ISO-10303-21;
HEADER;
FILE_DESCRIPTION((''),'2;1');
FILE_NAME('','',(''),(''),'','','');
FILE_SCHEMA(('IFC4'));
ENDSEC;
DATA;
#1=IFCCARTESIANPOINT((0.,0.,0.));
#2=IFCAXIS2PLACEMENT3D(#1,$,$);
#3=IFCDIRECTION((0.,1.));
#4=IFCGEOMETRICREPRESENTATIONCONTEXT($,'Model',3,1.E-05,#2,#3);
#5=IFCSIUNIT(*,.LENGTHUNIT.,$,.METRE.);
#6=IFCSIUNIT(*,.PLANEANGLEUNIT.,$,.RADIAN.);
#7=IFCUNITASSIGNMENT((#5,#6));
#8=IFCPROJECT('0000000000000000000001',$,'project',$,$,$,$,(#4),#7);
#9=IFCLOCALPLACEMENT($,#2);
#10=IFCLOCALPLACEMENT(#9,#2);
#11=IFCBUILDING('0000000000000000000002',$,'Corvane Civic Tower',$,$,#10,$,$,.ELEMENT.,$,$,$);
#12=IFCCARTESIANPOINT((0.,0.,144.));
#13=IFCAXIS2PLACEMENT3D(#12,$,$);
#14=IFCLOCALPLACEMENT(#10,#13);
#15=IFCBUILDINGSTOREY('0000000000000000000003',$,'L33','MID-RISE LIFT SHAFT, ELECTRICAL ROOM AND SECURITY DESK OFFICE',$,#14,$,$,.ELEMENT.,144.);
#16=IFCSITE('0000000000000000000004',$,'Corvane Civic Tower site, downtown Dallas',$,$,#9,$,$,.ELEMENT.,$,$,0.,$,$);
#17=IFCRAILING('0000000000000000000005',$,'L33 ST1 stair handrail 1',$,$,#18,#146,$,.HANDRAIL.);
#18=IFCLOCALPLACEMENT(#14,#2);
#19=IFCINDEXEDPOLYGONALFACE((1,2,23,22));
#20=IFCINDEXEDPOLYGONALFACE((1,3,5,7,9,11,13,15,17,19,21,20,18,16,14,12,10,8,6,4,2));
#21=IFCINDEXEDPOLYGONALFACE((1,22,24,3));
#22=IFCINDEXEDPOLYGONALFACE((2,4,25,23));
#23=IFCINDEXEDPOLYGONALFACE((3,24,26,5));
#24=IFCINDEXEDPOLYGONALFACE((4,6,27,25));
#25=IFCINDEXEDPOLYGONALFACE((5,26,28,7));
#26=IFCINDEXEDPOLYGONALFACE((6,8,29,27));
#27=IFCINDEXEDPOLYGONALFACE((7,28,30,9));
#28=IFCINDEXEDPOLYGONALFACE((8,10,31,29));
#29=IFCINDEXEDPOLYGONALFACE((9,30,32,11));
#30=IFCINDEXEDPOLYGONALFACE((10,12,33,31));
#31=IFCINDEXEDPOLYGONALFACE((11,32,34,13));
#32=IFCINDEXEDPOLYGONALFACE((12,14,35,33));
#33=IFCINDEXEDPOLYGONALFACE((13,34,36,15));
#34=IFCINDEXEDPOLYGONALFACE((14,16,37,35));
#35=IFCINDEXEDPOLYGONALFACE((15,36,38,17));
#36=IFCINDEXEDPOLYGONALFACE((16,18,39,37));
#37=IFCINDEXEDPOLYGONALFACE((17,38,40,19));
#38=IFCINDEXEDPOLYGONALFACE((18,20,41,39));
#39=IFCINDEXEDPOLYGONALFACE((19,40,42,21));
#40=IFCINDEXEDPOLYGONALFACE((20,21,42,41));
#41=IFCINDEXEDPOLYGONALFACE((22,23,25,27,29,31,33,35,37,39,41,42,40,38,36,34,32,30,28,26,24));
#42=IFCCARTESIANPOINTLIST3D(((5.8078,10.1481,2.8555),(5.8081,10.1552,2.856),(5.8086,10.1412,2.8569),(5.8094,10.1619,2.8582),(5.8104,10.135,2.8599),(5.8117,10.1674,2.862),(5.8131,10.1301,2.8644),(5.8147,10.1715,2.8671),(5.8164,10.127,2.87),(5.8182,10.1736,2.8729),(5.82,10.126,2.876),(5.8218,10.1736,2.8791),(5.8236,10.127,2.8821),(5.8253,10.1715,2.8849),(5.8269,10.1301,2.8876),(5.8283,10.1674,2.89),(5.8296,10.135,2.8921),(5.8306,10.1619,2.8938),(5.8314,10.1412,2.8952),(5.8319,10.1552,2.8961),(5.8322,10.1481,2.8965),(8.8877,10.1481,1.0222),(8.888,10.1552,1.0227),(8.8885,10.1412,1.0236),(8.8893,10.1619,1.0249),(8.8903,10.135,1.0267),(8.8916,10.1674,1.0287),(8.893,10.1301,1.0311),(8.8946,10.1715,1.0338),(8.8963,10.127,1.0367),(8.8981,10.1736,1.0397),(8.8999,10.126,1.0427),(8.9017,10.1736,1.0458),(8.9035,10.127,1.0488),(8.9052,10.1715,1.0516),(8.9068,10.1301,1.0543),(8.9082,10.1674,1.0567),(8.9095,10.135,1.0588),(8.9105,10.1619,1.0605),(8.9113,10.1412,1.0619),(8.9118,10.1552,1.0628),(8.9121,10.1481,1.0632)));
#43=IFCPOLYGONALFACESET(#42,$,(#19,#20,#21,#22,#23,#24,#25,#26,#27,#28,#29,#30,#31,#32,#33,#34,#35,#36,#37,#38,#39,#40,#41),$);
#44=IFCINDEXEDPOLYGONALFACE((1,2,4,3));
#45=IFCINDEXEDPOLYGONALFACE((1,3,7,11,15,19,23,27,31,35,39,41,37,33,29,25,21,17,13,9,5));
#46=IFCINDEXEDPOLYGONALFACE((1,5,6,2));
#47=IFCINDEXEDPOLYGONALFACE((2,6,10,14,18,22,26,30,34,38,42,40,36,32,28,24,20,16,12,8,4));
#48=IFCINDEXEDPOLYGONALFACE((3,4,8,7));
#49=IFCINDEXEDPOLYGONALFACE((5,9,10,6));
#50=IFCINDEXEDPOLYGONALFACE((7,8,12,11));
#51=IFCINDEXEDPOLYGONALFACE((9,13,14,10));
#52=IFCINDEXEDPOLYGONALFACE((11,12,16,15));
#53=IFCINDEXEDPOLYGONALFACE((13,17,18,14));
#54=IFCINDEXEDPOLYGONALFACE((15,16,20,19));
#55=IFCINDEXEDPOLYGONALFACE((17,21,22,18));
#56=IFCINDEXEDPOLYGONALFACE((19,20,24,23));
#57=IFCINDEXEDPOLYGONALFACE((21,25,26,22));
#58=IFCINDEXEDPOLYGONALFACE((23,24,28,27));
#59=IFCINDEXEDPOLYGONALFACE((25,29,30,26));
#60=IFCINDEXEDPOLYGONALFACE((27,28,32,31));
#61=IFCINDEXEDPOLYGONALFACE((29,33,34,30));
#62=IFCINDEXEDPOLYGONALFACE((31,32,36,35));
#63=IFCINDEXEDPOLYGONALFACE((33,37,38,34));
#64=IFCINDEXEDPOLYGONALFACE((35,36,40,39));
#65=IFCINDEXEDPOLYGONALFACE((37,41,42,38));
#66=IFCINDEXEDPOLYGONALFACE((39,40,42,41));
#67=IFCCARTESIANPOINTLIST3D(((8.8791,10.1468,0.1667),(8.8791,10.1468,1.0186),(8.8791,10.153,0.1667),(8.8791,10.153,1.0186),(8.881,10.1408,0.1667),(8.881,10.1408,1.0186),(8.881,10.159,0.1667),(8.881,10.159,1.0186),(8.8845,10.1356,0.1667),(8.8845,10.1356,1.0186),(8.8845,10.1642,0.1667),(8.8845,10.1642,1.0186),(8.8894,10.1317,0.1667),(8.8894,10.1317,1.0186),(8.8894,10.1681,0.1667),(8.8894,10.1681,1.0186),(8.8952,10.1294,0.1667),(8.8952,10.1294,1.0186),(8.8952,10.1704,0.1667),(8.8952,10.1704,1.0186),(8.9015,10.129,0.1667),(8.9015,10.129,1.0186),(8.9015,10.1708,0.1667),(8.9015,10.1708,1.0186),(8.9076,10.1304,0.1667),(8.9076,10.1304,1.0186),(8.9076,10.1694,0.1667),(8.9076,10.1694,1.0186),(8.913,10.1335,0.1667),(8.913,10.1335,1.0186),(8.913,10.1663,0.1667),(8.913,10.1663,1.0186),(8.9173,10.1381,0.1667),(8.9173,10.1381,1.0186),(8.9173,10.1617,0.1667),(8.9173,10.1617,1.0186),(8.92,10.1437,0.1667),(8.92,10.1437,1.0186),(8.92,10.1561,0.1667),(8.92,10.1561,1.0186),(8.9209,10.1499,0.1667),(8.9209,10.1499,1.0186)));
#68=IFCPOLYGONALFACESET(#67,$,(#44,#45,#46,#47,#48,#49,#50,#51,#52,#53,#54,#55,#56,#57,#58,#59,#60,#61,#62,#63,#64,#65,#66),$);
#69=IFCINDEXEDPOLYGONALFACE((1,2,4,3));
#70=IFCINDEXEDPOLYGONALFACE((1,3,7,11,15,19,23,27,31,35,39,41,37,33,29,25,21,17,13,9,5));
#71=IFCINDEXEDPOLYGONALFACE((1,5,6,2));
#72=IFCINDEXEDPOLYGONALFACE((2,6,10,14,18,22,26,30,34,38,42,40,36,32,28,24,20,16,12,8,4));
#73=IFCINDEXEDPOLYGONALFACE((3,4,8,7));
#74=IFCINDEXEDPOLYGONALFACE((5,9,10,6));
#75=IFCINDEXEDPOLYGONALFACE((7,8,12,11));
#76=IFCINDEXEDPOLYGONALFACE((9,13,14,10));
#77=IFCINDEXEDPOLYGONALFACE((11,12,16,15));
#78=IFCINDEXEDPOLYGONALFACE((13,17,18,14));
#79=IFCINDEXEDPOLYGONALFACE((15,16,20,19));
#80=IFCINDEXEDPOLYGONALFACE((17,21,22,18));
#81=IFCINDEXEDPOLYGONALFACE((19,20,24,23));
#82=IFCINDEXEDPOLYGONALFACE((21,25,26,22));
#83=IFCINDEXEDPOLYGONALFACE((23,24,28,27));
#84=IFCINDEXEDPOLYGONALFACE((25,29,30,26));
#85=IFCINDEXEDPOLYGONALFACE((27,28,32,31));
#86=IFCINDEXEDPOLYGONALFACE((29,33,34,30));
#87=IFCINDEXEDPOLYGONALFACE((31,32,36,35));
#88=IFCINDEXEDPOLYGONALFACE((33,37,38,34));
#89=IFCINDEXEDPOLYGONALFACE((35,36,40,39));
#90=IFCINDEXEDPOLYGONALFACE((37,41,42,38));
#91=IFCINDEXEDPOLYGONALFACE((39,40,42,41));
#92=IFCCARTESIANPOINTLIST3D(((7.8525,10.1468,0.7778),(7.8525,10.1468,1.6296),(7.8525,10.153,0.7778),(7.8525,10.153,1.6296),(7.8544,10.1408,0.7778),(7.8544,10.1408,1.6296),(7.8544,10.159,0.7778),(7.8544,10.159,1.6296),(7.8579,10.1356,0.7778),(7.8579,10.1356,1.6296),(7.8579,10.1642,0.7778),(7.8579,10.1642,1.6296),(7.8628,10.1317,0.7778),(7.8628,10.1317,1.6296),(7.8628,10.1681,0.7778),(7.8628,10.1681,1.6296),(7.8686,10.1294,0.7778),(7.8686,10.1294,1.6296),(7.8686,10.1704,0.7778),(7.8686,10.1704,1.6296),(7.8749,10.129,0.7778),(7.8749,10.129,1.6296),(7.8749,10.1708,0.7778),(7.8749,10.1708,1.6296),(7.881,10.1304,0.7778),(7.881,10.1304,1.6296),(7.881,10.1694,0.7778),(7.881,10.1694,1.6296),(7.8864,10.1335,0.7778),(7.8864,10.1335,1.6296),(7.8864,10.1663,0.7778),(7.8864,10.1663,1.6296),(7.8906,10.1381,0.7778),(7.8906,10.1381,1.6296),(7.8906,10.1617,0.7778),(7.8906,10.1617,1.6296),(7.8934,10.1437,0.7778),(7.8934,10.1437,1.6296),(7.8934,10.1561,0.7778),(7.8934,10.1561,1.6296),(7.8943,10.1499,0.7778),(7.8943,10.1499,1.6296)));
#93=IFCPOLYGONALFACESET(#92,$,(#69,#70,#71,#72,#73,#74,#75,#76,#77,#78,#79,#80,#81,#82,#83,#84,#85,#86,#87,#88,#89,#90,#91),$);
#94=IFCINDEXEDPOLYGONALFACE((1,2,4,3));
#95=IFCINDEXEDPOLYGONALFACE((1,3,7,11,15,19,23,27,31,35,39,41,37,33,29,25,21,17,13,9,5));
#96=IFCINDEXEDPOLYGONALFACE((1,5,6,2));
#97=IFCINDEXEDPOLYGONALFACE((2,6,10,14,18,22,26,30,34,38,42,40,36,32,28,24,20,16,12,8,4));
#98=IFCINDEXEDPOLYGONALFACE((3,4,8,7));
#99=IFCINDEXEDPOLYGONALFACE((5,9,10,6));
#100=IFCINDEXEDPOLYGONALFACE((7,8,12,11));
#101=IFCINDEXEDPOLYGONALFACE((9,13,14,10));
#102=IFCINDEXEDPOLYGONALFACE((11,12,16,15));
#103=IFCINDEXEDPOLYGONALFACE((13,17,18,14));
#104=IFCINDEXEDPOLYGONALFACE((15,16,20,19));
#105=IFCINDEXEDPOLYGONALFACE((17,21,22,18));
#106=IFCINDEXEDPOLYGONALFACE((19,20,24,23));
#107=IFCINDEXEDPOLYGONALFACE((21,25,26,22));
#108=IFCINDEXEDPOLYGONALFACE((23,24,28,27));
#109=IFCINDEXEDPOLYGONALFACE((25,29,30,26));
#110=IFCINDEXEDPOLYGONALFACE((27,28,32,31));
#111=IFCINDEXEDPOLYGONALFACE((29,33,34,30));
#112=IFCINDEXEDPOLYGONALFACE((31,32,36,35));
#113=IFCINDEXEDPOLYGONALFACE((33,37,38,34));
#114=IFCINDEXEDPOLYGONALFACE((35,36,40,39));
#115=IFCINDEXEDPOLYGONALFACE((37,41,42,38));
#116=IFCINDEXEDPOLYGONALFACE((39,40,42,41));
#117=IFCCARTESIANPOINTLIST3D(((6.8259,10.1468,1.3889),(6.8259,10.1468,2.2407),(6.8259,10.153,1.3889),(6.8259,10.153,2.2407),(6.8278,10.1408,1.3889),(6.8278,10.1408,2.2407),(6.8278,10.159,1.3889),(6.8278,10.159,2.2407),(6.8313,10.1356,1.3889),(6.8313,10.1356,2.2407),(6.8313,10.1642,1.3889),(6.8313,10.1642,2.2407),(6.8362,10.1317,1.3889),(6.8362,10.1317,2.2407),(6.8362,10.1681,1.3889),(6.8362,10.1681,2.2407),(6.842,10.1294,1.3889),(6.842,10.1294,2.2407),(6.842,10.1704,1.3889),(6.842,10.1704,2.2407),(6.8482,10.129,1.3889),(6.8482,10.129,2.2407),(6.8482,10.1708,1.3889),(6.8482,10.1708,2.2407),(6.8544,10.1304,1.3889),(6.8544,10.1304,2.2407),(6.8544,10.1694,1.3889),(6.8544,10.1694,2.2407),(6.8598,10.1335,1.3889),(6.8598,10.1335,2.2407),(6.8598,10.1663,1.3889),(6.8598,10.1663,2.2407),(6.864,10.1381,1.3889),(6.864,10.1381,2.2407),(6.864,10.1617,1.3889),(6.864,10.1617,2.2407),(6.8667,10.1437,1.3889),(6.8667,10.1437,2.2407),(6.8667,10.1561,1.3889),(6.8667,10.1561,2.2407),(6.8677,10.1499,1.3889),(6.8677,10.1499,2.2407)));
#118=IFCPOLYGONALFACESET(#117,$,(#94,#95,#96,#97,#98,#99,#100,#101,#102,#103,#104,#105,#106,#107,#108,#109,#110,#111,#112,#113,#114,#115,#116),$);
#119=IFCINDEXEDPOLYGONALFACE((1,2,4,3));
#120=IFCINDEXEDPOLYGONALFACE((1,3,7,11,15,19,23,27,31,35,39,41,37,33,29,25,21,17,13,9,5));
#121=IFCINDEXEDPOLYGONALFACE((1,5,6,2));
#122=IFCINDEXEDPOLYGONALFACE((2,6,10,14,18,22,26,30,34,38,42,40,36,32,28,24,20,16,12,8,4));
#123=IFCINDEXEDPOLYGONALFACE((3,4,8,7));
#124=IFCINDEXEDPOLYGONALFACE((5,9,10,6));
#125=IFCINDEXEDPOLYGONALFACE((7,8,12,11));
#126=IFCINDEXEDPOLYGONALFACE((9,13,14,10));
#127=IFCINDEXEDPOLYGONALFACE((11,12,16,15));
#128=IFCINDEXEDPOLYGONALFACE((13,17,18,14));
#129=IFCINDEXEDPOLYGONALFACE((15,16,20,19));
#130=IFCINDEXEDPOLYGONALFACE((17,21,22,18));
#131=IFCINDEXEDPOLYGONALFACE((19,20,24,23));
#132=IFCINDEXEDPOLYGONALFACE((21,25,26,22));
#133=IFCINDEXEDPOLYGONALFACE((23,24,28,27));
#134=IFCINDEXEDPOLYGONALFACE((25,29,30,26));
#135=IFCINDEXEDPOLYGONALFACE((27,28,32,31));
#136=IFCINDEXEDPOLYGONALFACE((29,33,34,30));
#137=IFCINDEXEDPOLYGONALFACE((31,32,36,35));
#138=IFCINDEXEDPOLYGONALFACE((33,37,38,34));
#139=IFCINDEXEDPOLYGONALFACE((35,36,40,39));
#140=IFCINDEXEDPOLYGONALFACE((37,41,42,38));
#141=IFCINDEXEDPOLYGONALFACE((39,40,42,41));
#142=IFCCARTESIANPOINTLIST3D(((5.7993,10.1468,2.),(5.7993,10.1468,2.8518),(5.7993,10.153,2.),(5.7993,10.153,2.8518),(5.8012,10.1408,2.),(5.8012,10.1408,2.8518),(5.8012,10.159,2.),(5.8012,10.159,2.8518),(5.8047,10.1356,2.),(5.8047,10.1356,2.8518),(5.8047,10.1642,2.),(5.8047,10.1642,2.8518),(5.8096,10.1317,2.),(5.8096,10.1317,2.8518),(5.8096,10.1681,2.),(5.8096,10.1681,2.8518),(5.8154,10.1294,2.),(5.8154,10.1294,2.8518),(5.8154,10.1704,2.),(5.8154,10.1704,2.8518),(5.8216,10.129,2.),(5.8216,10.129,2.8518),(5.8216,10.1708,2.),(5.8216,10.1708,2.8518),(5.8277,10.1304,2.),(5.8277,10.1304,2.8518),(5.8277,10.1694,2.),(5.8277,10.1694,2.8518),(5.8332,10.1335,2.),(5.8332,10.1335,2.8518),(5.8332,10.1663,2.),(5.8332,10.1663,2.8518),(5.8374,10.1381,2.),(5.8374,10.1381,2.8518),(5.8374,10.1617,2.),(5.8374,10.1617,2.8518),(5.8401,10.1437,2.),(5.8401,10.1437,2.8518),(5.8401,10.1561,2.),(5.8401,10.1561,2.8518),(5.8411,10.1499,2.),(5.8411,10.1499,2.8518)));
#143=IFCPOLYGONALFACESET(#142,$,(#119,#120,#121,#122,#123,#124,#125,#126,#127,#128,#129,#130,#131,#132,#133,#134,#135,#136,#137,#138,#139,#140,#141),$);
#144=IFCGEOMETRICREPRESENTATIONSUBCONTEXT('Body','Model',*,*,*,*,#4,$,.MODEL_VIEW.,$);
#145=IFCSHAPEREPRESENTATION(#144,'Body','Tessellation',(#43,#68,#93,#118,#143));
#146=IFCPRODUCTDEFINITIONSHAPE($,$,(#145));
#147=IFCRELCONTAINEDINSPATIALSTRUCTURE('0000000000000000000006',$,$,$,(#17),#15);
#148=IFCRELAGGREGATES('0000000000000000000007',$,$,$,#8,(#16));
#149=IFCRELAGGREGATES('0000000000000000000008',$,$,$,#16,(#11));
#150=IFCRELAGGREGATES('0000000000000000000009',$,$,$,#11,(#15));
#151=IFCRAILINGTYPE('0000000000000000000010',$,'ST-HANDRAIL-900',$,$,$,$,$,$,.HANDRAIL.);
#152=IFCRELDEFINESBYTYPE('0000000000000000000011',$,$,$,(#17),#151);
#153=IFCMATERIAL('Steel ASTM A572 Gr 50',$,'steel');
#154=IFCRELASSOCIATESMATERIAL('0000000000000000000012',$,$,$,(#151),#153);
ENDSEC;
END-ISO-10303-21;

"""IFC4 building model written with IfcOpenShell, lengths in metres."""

from ifc_helpers import new_model, si_unit, direction, frame, origin, origin_2d, place, context, subcontext, project, spatial, circle, extrude, material, type_object, element, save


model = new_model("IFC4")

# Units and contexts
model_context = context("Model", 3, precision=1e-05, world=origin(), true_north=direction((0.0, 1.0)))
body_context = subcontext(model_context, "Body", "Model", "MODEL_VIEW")
ifc_project = project(units=[si_unit("LENGTHUNIT", "METRE"), si_unit("PLANEANGLEUNIT", "RADIAN")], contexts=[model_context])

# Site, building, storey
site_placement = place(None, origin())
site = spatial("IfcSite", under=ifc_project, at=site_placement, Name="Corvane Civic Tower site, downtown Dallas", CompositionType="ELEMENT", RefElevation=0.0)
building_placement = place(site_placement, origin())
building = spatial("IfcBuilding", under=site, at=building_placement, Name="Corvane Civic Tower", CompositionType="ELEMENT")
storey_placement = place(building_placement, frame((0.0, 0.0, 144.0)))
storey = spatial("IfcBuildingStorey", under=building, at=storey_placement, Name="L33", Description="MID-RISE LIFT SHAFT, ELECTRICAL ROOM AND SECURITY DESK OFFICE", CompositionType="ELEMENT", Elevation=144.0)

# Railing
ifc_material_1 = material(Name="Steel ASTM A572 Gr 50", Category="steel")
railing_type_1 = type_object("IfcRailingType", Name="ST-HANDRAIL-900", PredefinedType="HANDRAIL", material=ifc_material_1)
railing_1_placement = place(storey_placement, frame((8.8999, 10.1499, 0.1667)))
element("IfcRailing", 1, at=railing_1_placement, inside=storey, type_object=railing_type_1, Name="L33 ST1 stair handrail 1", PredefinedType="HANDRAIL", context=body_context, shape_type="SweptSolid", body=[
    extrude(circle(Radius=0.0239, at=origin_2d()), frame((0.0, 0.0, 0.876), z_axis=(-0.859291, 0.0, 0.511487), x_axis=(0.0, -1.0, 0.0)), (0.0, 0.0, 1.0), 3.5842),
    extrude(circle(Radius=0.021, at=origin_2d()), origin(), (0.0, 0.0, 1.0), 0.8518),
    extrude(circle(Radius=0.021, at=origin_2d()), frame((-1.0266, 0.0, 0.6111)), (0.0, 0.0, 1.0), 0.8518),
    extrude(circle(Radius=0.021, at=origin_2d()), frame((-2.0532, 0.0, 1.2222)), (0.0, 0.0, 1.0), 0.8518),
    extrude(circle(Radius=0.021, at=origin_2d()), frame((-3.0798, 0.0, 1.8333)), (0.0, 0.0, 1.0), 0.8518),
])

save(model, "model.ifc")
